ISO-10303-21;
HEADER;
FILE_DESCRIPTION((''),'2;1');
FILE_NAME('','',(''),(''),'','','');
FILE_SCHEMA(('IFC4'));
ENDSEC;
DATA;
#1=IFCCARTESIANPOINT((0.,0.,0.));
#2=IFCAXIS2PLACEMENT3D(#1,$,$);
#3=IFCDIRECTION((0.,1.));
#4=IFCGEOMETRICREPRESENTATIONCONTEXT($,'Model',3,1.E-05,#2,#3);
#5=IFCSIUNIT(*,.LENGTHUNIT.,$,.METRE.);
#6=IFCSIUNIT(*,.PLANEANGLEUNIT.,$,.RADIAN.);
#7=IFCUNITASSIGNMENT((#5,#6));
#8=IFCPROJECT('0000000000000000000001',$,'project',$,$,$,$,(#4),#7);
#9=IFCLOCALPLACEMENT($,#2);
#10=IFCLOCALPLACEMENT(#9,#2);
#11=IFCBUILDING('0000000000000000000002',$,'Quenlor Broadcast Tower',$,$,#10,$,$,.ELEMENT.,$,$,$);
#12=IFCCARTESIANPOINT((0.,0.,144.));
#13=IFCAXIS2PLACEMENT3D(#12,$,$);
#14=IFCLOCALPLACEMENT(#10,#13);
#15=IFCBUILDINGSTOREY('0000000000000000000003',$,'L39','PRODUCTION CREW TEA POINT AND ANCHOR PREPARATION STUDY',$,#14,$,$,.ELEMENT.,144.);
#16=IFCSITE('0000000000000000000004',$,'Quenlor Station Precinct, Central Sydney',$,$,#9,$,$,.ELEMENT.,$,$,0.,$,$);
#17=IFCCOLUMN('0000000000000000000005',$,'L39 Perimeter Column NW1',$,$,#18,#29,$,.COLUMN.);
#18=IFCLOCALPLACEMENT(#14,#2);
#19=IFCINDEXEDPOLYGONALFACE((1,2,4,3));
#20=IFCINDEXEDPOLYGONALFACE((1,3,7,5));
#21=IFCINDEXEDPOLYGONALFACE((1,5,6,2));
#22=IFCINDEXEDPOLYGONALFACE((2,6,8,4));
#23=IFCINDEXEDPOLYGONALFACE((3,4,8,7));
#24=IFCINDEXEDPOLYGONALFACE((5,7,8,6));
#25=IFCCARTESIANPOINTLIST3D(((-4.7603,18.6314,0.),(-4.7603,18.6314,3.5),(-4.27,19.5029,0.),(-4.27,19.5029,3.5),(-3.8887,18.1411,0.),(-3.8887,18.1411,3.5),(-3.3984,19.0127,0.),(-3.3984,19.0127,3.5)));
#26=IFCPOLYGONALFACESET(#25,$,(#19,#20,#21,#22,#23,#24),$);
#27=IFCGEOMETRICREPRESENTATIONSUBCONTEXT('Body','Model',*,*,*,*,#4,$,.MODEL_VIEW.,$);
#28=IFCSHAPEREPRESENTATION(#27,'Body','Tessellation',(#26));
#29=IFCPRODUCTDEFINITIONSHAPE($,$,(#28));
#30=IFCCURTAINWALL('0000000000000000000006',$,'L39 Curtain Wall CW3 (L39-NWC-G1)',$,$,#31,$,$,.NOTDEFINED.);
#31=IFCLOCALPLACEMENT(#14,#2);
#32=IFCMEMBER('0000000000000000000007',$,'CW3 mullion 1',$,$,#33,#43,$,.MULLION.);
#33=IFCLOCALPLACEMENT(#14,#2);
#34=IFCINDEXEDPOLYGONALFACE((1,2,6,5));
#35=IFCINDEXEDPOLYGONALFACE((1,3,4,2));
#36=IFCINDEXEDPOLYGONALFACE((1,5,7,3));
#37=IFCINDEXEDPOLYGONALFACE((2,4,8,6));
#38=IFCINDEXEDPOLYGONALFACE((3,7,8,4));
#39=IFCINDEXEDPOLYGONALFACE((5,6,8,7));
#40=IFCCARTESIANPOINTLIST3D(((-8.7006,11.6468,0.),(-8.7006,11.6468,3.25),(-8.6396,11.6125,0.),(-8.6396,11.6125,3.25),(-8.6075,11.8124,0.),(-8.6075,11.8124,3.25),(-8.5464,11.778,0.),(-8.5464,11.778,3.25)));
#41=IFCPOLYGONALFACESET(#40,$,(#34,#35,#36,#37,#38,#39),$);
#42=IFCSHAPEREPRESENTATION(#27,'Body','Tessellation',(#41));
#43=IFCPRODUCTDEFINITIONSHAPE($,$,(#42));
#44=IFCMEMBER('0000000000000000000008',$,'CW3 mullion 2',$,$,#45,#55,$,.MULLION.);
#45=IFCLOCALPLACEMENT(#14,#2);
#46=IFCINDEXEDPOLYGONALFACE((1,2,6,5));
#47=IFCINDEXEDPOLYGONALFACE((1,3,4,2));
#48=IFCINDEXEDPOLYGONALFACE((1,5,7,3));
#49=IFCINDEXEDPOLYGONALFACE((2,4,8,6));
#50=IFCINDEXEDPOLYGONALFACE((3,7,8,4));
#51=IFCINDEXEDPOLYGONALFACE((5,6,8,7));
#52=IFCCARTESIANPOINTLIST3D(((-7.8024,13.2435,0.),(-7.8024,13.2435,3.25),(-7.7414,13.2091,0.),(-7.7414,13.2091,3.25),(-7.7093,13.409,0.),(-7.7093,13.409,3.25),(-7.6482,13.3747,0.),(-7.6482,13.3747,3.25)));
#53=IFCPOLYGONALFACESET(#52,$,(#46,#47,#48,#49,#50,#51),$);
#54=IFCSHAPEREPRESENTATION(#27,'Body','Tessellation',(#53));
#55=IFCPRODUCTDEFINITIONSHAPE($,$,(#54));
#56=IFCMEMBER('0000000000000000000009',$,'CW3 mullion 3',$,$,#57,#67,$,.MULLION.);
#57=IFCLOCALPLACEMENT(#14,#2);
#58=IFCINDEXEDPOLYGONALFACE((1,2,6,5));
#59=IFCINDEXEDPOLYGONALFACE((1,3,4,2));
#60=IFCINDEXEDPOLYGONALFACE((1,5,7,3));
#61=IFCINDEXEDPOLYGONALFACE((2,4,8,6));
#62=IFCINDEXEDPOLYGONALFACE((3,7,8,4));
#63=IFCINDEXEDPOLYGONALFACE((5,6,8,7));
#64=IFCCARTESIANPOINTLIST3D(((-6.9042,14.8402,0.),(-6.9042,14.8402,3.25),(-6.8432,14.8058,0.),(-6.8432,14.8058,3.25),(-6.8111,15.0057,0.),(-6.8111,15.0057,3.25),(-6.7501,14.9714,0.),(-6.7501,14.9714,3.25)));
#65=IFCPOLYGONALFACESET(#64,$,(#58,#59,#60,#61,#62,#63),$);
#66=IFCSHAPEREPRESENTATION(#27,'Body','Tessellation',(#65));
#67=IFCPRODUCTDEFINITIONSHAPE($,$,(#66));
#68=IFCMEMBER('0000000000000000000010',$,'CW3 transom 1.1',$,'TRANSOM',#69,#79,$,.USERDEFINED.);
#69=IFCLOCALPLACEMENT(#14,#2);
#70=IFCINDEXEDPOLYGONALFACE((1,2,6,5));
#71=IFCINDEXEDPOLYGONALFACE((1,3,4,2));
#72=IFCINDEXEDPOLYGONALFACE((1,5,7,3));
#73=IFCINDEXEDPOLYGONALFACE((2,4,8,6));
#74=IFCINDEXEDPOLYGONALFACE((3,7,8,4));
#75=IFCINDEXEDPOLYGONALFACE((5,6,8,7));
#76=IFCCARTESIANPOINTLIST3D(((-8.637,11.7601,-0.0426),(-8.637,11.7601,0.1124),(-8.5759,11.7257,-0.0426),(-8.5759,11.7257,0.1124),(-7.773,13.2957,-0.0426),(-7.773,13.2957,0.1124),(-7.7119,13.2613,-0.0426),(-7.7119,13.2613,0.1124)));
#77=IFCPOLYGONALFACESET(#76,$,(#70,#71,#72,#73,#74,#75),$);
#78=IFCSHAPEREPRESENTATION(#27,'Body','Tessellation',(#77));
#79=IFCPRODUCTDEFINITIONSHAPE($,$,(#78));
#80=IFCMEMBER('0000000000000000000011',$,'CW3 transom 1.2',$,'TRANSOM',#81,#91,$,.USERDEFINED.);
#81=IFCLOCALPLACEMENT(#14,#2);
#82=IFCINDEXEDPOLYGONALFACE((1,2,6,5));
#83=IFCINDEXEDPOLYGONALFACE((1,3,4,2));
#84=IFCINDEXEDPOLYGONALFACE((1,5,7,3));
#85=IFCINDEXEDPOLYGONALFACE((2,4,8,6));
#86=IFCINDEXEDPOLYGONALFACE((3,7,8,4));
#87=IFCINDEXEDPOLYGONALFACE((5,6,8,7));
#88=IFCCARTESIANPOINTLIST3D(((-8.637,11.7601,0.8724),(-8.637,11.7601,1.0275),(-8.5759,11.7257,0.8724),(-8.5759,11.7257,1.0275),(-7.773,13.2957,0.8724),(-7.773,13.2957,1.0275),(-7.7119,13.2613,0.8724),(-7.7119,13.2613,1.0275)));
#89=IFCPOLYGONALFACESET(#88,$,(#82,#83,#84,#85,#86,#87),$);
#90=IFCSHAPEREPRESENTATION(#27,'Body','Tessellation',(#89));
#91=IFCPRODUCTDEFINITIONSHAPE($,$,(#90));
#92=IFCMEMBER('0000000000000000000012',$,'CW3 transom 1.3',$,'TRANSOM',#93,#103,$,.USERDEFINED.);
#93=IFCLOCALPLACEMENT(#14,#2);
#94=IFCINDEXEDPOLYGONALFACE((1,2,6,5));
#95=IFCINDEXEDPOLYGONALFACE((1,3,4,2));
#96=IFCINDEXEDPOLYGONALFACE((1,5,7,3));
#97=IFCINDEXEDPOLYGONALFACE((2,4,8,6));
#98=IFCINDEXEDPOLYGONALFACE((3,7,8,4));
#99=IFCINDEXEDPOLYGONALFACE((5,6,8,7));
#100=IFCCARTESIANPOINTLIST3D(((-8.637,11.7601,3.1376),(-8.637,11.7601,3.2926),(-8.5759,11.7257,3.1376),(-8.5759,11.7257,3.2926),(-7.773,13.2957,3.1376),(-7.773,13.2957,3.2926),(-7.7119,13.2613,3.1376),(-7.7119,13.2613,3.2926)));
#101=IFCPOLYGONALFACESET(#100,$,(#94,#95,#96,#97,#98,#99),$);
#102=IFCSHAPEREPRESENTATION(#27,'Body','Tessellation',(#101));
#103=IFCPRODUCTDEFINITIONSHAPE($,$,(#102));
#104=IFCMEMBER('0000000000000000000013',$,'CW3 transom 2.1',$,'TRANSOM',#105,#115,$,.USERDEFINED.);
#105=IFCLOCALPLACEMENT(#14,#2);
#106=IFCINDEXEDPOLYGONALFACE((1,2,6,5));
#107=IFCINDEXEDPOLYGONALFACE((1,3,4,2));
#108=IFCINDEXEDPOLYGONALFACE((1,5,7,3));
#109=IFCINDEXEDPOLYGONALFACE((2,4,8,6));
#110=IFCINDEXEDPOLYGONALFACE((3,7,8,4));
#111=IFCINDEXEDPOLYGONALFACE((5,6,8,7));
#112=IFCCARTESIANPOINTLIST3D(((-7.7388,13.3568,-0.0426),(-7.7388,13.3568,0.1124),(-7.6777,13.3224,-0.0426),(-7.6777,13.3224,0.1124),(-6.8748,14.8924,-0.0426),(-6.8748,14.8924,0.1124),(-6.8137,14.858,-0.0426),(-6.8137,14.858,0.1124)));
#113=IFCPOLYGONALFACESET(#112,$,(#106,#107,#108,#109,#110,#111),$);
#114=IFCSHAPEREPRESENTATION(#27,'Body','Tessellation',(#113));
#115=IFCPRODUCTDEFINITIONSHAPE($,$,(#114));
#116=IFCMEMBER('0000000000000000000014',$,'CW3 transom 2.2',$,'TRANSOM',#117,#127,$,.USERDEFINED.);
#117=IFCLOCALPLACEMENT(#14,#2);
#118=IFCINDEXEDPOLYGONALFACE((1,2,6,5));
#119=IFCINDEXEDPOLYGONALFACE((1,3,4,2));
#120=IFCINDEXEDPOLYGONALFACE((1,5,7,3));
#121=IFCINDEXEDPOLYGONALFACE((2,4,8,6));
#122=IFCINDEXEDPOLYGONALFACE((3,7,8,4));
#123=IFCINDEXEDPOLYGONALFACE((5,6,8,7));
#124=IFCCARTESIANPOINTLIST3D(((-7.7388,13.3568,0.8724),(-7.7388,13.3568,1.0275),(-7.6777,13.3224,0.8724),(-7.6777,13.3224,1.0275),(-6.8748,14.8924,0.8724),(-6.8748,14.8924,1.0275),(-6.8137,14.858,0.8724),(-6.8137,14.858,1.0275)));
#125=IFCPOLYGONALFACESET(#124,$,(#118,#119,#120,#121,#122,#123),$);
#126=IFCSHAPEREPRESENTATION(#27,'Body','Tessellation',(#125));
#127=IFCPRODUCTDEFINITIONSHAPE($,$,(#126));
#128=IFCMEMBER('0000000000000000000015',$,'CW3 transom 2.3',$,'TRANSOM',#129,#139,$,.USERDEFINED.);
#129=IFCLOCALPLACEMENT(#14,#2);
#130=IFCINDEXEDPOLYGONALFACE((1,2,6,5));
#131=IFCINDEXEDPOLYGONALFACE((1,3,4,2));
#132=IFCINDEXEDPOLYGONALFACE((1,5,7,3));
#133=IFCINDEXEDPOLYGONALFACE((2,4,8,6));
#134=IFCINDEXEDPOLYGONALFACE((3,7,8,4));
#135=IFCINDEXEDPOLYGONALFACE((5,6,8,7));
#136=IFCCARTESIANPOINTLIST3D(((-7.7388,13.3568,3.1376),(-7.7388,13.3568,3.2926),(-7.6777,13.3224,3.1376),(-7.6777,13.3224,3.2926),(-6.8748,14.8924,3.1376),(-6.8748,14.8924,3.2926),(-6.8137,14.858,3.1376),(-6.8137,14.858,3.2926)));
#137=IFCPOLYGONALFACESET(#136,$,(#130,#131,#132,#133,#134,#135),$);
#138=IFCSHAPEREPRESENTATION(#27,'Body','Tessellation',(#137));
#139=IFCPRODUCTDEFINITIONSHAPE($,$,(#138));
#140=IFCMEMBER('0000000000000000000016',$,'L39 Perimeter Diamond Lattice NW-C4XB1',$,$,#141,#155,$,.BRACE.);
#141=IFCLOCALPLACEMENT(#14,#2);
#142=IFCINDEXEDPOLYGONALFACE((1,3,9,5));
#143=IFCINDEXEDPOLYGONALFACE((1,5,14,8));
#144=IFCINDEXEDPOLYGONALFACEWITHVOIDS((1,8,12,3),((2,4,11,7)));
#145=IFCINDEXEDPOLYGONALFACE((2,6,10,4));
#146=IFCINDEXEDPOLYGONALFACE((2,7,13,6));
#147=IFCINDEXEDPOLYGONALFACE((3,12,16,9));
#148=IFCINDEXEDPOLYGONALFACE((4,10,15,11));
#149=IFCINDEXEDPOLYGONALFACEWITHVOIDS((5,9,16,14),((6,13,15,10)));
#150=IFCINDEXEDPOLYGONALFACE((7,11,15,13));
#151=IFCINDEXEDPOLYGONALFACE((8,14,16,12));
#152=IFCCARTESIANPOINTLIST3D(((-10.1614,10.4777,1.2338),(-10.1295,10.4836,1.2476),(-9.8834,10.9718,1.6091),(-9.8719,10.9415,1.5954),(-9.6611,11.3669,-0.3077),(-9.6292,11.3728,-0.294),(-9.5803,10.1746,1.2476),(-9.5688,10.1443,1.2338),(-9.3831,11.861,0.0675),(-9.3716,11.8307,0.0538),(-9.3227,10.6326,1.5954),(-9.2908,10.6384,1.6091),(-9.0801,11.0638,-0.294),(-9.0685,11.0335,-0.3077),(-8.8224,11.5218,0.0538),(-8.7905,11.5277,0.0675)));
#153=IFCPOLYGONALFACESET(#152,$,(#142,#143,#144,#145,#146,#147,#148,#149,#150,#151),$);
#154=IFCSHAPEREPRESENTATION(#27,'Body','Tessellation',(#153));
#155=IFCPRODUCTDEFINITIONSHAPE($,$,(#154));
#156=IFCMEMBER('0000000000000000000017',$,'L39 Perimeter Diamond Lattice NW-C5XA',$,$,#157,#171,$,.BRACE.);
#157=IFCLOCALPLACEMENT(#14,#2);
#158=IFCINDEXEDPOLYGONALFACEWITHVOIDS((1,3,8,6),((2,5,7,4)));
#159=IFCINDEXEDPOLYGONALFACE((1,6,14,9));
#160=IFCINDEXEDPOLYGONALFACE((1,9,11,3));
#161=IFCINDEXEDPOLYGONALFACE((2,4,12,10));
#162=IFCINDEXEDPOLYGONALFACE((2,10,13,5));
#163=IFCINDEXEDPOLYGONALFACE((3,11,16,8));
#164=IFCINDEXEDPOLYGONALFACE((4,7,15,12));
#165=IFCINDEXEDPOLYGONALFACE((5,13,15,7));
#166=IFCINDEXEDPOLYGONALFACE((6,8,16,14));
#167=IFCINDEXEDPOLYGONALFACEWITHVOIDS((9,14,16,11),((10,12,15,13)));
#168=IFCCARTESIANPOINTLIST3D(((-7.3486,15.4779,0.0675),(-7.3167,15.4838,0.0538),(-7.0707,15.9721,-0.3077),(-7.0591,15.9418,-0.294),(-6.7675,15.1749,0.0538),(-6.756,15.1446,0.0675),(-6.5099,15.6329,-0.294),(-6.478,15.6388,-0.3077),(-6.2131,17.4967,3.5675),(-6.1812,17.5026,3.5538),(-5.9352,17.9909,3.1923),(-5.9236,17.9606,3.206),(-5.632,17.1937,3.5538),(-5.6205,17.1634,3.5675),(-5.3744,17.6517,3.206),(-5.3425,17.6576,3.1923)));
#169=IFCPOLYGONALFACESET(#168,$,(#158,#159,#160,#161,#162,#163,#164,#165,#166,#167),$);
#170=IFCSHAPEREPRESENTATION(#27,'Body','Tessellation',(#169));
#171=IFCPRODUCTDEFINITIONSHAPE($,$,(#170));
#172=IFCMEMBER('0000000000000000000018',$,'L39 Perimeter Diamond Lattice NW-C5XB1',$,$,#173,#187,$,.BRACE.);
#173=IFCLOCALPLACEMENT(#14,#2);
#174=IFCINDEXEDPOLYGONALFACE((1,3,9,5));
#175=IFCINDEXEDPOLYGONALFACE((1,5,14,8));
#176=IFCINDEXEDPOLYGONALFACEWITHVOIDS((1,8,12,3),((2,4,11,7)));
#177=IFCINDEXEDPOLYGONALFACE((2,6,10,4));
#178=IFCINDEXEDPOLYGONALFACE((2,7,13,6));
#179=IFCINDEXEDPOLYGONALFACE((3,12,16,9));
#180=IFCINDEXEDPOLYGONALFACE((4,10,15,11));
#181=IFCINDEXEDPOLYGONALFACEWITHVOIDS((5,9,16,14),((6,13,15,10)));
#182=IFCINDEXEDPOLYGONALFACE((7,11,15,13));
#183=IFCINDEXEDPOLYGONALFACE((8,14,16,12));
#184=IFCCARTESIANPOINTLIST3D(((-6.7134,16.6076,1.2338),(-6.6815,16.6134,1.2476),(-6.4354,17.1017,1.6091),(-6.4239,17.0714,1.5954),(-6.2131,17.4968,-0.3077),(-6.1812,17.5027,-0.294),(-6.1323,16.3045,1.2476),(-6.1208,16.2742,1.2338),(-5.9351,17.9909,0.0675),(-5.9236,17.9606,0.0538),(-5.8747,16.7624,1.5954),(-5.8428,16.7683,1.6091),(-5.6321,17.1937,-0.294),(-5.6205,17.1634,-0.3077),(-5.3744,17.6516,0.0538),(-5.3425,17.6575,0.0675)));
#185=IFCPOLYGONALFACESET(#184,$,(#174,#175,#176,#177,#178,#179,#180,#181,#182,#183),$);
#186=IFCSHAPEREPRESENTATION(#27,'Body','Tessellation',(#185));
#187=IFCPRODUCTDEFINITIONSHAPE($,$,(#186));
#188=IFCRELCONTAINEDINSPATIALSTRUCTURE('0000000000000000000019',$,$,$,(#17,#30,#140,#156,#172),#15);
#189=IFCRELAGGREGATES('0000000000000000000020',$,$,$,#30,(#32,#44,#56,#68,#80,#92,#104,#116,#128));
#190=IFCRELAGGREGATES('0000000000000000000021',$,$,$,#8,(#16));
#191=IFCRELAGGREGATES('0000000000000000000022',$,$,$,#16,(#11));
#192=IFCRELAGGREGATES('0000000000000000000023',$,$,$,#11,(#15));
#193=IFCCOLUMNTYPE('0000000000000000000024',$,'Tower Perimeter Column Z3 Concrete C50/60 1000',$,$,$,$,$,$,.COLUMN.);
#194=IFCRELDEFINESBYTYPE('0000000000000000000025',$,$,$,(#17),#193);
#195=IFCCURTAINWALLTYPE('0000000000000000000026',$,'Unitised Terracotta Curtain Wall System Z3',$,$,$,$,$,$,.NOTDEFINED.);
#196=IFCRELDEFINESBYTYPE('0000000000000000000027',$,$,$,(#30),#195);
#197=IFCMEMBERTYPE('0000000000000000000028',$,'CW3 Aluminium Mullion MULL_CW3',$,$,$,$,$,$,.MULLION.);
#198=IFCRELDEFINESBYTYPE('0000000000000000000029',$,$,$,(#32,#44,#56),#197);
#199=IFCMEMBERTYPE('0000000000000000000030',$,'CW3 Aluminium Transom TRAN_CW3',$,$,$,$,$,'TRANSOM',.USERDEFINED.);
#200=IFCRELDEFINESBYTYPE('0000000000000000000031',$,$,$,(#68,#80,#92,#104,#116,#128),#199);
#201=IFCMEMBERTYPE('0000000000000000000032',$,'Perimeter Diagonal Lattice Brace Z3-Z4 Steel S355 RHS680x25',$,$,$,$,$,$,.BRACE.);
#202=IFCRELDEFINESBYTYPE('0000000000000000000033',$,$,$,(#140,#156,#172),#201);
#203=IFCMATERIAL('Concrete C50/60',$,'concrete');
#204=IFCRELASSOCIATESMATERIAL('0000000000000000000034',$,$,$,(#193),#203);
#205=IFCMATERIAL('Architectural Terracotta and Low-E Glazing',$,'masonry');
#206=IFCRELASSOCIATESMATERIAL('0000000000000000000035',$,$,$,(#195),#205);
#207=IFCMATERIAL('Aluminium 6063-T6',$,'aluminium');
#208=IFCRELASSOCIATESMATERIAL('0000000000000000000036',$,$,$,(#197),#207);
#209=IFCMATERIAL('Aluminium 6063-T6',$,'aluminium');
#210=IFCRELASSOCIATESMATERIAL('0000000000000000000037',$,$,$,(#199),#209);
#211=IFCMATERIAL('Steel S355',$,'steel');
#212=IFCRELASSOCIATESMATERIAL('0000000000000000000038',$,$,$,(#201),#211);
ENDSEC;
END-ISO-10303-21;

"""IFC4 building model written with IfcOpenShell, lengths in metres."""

from ifc_helpers import new_model, si_unit, direction, frame, origin, origin_2d, place, context, subcontext, project, spatial, rectangle, hollow_rectangle, extrude, material, material_profile, profile_set, type_object, element, aggregate, save


model = new_model("IFC4")

# Units and contexts
model_context = context("Model", 3, precision=1e-05, world=origin(), true_north=direction((0.0, 1.0)))
body_context = subcontext(model_context, "Body", "Model", "MODEL_VIEW")
ifc_project = project(units=[si_unit("LENGTHUNIT", "METRE"), si_unit("PLANEANGLEUNIT", "RADIAN")], contexts=[model_context])

# Site, building, storey
site_placement = place(None, origin())
site = spatial("IfcSite", under=ifc_project, at=site_placement, Name="Quenlor Station Precinct, Central Sydney", CompositionType="ELEMENT", RefElevation=0.0)
building_placement = place(site_placement, origin())
building = spatial("IfcBuilding", under=site, at=building_placement, Name="Quenlor Broadcast Tower", CompositionType="ELEMENT")
storey_placement = place(building_placement, frame((0.0, 0.0, 144.0)))
storey = spatial("IfcBuildingStorey", under=building, at=storey_placement, Name="L39", Description="PRODUCTION CREW TEA POINT AND ANCHOR PREPARATION STUDY", CompositionType="ELEMENT", Elevation=144.0)

# Column
ifc_material_1 = material(Name="Concrete C50/60", Category="concrete")
ifc_material_profile_1 = material_profile(ifc_material_1, rectangle(XDim=1.0, YDim=1.0, at=origin_2d()))
ifc_profile_set_1 = profile_set([ifc_material_profile_1], Name="Concrete C50/60 RC1000x1000")
column_type = type_object("IfcColumnType", Name="Tower Perimeter Column Z3 Concrete C50/60 1000", PredefinedType="COLUMN", material=ifc_profile_set_1)
column_placement = place(storey_placement, frame((-4.0793, 18.822, 0.0), z_axis=(0.0, 0.0, 1.0), x_axis=(-0.871575, 0.490262, 0.0)))
element("IfcColumn", 1, at=column_placement, inside=storey, type_object=column_type, Name="L39 Perimeter Column NW1", PredefinedType="COLUMN", context=body_context, shape_type="SweptSolid", body=[
    extrude(rectangle(XDim=1.0, YDim=1.0, at=origin_2d()), origin(), (0.0, 0.0, 1.0), 3.5),
])

# Curtain wall, members
ifc_material_2 = material(Name="Architectural Terracotta and Low-E Glazing", Category="masonry")
curtain_wall_type = type_object("IfcCurtainWallType", Name="Unitised Terracotta Curtain Wall System Z3", PredefinedType="NOTDEFINED", material=ifc_material_2)
curtain_wall_placement = place(storey_placement, origin())
curtain_wall = element("IfcCurtainWall", 2, at=curtain_wall_placement, inside=storey, type_object=curtain_wall_type, Name="L39 Curtain Wall CW3 (L39-NWC-G1)", PredefinedType="NOTDEFINED")
ifc_material_3 = material(Name="Aluminium 6063-T6", Category="aluminium")
ifc_material_profile_2 = material_profile(ifc_material_3, rectangle(XDim=0.0701, YDim=0.1899, at=origin_2d()))
ifc_profile_set_2 = profile_set([ifc_material_profile_2], Name="Aluminium 6063-T6 MULL70x190")
member_type_1 = type_object("IfcMemberType", Name="CW3 Aluminium Mullion MULL_CW3", PredefinedType="MULLION", material=ifc_profile_set_2)
member_1_placement = place(storey_placement, frame((-8.6235, 11.7124, 0.0), z_axis=(0.0, 0.0, 1.0), x_axis=(-0.871571, 0.49027, 0.0)))
member_1 = element("IfcMember", 3, at=member_1_placement, type_object=member_type_1, Name="CW3 mullion 1", PredefinedType="MULLION", context=body_context, shape_type="SweptSolid", body=[
    extrude(rectangle(XDim=0.0701, YDim=0.1899, at=origin_2d()), origin(), (0.0, 0.0, 1.0), 3.25),
])
member_2_placement = place(storey_placement, frame((-7.7253, 13.3091, 0.0), z_axis=(0.0, 0.0, 1.0), x_axis=(-0.871571, 0.49027, 0.0)))
member_2 = element("IfcMember", 4, at=member_2_placement, type_object=member_type_1, Name="CW3 mullion 2", PredefinedType="MULLION", context=body_context, shape_type="SweptSolid", body=[
    extrude(rectangle(XDim=0.0701, YDim=0.1899, at=origin_2d()), origin(), (0.0, 0.0, 1.0), 3.25),
])
member_3_placement = place(storey_placement, frame((-6.8271, 14.9058, 0.0), z_axis=(0.0, 0.0, 1.0), x_axis=(-0.871571, 0.49027, 0.0)))
member_3 = element("IfcMember", 5, at=member_3_placement, type_object=member_type_1, Name="CW3 mullion 3", PredefinedType="MULLION", context=body_context, shape_type="SweptSolid", body=[
    extrude(rectangle(XDim=0.0701, YDim=0.1899, at=origin_2d()), origin(), (0.0, 0.0, 1.0), 3.25),
])
ifc_material_4 = material(Name="Aluminium 6063-T6", Category="aluminium")
ifc_material_profile_3 = material_profile(ifc_material_4, rectangle(XDim=0.0701, YDim=0.155, at=origin_2d()))
ifc_profile_set_3 = profile_set([ifc_material_profile_3], Name="Aluminium 6063-T6 TRAN70x155")
member_type_2 = type_object("IfcMemberType", Name="CW3 Aluminium Transom TRAN_CW3", ElementType="TRANSOM", PredefinedType="USERDEFINED", material=ifc_profile_set_3)
member_4_placement = place(storey_placement, frame((-8.6064, 11.7429, 0.0349), z_axis=(0.490353, 0.871524, 0.0), x_axis=(-0.871524, 0.490353, 0.0)))
member_4 = element("IfcMember", 6, at=member_4_placement, type_object=member_type_2, Name="CW3 transom 1.1", ObjectType="TRANSOM", PredefinedType="USERDEFINED", context=body_context, shape_type="SweptSolid", body=[
    extrude(rectangle(XDim=0.0701, YDim=0.155, at=origin_2d()), origin(), (0.0, 0.0, 1.0), 1.762),
])
member_5_placement = place(storey_placement, frame((-8.6064, 11.7429, 0.95), z_axis=(0.490353, 0.871524, 0.0), x_axis=(-0.871524, 0.490353, 0.0)))
member_5 = element("IfcMember", 7, at=member_5_placement, type_object=member_type_2, Name="CW3 transom 1.2", ObjectType="TRANSOM", PredefinedType="USERDEFINED", context=body_context, shape_type="SweptSolid", body=[
    extrude(rectangle(XDim=0.0701, YDim=0.155, at=origin_2d()), origin(), (0.0, 0.0, 1.0), 1.762),
])
member_6_placement = place(storey_placement, frame((-8.6064, 11.7429, 3.2151), z_axis=(0.490353, 0.871524, 0.0), x_axis=(-0.871524, 0.490353, 0.0)))
member_6 = element("IfcMember", 8, at=member_6_placement, type_object=member_type_2, Name="CW3 transom 1.3", ObjectType="TRANSOM", PredefinedType="USERDEFINED", context=body_context, shape_type="SweptSolid", body=[
    extrude(rectangle(XDim=0.0701, YDim=0.155, at=origin_2d()), origin(), (0.0, 0.0, 1.0), 1.762),
])
member_7_placement = place(storey_placement, frame((-7.7083, 13.3396, 0.0349), z_axis=(0.490353, 0.871524, 0.0), x_axis=(-0.871524, 0.490353, 0.0)))
member_7 = element("IfcMember", 9, at=member_7_placement, type_object=member_type_2, Name="CW3 transom 2.1", ObjectType="TRANSOM", PredefinedType="USERDEFINED", context=body_context, shape_type="SweptSolid", body=[
    extrude(rectangle(XDim=0.0701, YDim=0.155, at=origin_2d()), origin(), (0.0, 0.0, 1.0), 1.762),
])
member_8_placement = place(storey_placement, frame((-7.7083, 13.3396, 0.95), z_axis=(0.490353, 0.871524, 0.0), x_axis=(-0.871524, 0.490353, 0.0)))
member_8 = element("IfcMember", 10, at=member_8_placement, type_object=member_type_2, Name="CW3 transom 2.2", ObjectType="TRANSOM", PredefinedType="USERDEFINED", context=body_context, shape_type="SweptSolid", body=[
    extrude(rectangle(XDim=0.0701, YDim=0.155, at=origin_2d()), origin(), (0.0, 0.0, 1.0), 1.762),
])
member_9_placement = place(storey_placement, frame((-7.7083, 13.3396, 3.2151), z_axis=(0.490353, 0.871524, 0.0), x_axis=(-0.871524, 0.490353, 0.0)))
member_9 = element("IfcMember", 11, at=member_9_placement, type_object=member_type_2, Name="CW3 transom 2.3", ObjectType="TRANSOM", PredefinedType="USERDEFINED", context=body_context, shape_type="SweptSolid", body=[
    extrude(rectangle(XDim=0.0701, YDim=0.155, at=origin_2d()), origin(), (0.0, 0.0, 1.0), 1.762),
])

# Members
ifc_material_5 = material(Name="Steel S355", Category="steel")
ifc_material_profile_4 = material_profile(ifc_material_5, hollow_rectangle(XDim=0.6799, YDim=0.6799, WallThickness=0.0249, at=origin_2d()))
ifc_profile_set_4 = profile_set([ifc_material_profile_4], Name="Steel S355 RHS680x680x25")
member_type_3 = type_object("IfcMemberType", Name="Perimeter Diagonal Lattice Brace Z3-Z4 Steel S355 RHS680x25", PredefinedType="BRACE", material=ifc_profile_set_4)
member_10_placement = place(storey_placement, frame((-9.2258, 11.4473, -0.1201), z_axis=(-0.270616, -0.481008, 0.833905), x_axis=(0.871537, -0.490329, 0.0)))
element("IfcMember", 12, at=member_10_placement, inside=storey, type_object=member_type_3, Name="L39 Perimeter Diamond Lattice NW-C4XB1", PredefinedType="BRACE", context=body_context, shape_type="SweptSolid", body=[
    extrude(hollow_rectangle(XDim=0.6799, YDim=0.6799, WallThickness=0.0249, at=origin_2d()), origin(), (0.0, 0.0, 1.0), 1.8486),
])
member_11_placement = place(storey_placement, frame((-6.9133, 15.5583, -0.1201), z_axis=(0.270549, 0.481009, 0.833927), x_axis=(-0.87159, 0.490236, 0.0)))
element("IfcMember", 13, at=member_11_placement, inside=storey, type_object=member_type_3, Name="L39 Perimeter Diamond Lattice NW-C5XA", PredefinedType="BRACE", context=body_context, shape_type="SweptSolid", body=[
    extrude(hollow_rectangle(XDim=0.6799, YDim=0.6799, WallThickness=0.0249, at=origin_2d()), origin(), (0.0, 0.0, 1.0), 4.197),
])
for number, where, z_axis, x_axis, name in (
    (14, (-5.7778, 17.5771, -0.1201), (-0.270616, -0.481008, 0.833905), (0.871537, -0.490329, 0.0), "L39 Perimeter Diamond Lattice NW-C5XB1"),
):
    element("IfcMember", number, at=place(storey_placement, frame(where, z_axis=z_axis, x_axis=x_axis)), inside=storey, type_object=member_type_3, Name=name, PredefinedType="BRACE", context=body_context, shape_type="SweptSolid", body=[
        extrude(hollow_rectangle(XDim=0.6799, YDim=0.6799, WallThickness=0.0249, at=origin_2d()), origin(), (0.0, 0.0, 1.0), 1.8486),
    ])

aggregate(curtain_wall, [member_1, member_2, member_3, member_4, member_5, member_6, member_7, member_8, member_9])

save(model, "model.ifc")
